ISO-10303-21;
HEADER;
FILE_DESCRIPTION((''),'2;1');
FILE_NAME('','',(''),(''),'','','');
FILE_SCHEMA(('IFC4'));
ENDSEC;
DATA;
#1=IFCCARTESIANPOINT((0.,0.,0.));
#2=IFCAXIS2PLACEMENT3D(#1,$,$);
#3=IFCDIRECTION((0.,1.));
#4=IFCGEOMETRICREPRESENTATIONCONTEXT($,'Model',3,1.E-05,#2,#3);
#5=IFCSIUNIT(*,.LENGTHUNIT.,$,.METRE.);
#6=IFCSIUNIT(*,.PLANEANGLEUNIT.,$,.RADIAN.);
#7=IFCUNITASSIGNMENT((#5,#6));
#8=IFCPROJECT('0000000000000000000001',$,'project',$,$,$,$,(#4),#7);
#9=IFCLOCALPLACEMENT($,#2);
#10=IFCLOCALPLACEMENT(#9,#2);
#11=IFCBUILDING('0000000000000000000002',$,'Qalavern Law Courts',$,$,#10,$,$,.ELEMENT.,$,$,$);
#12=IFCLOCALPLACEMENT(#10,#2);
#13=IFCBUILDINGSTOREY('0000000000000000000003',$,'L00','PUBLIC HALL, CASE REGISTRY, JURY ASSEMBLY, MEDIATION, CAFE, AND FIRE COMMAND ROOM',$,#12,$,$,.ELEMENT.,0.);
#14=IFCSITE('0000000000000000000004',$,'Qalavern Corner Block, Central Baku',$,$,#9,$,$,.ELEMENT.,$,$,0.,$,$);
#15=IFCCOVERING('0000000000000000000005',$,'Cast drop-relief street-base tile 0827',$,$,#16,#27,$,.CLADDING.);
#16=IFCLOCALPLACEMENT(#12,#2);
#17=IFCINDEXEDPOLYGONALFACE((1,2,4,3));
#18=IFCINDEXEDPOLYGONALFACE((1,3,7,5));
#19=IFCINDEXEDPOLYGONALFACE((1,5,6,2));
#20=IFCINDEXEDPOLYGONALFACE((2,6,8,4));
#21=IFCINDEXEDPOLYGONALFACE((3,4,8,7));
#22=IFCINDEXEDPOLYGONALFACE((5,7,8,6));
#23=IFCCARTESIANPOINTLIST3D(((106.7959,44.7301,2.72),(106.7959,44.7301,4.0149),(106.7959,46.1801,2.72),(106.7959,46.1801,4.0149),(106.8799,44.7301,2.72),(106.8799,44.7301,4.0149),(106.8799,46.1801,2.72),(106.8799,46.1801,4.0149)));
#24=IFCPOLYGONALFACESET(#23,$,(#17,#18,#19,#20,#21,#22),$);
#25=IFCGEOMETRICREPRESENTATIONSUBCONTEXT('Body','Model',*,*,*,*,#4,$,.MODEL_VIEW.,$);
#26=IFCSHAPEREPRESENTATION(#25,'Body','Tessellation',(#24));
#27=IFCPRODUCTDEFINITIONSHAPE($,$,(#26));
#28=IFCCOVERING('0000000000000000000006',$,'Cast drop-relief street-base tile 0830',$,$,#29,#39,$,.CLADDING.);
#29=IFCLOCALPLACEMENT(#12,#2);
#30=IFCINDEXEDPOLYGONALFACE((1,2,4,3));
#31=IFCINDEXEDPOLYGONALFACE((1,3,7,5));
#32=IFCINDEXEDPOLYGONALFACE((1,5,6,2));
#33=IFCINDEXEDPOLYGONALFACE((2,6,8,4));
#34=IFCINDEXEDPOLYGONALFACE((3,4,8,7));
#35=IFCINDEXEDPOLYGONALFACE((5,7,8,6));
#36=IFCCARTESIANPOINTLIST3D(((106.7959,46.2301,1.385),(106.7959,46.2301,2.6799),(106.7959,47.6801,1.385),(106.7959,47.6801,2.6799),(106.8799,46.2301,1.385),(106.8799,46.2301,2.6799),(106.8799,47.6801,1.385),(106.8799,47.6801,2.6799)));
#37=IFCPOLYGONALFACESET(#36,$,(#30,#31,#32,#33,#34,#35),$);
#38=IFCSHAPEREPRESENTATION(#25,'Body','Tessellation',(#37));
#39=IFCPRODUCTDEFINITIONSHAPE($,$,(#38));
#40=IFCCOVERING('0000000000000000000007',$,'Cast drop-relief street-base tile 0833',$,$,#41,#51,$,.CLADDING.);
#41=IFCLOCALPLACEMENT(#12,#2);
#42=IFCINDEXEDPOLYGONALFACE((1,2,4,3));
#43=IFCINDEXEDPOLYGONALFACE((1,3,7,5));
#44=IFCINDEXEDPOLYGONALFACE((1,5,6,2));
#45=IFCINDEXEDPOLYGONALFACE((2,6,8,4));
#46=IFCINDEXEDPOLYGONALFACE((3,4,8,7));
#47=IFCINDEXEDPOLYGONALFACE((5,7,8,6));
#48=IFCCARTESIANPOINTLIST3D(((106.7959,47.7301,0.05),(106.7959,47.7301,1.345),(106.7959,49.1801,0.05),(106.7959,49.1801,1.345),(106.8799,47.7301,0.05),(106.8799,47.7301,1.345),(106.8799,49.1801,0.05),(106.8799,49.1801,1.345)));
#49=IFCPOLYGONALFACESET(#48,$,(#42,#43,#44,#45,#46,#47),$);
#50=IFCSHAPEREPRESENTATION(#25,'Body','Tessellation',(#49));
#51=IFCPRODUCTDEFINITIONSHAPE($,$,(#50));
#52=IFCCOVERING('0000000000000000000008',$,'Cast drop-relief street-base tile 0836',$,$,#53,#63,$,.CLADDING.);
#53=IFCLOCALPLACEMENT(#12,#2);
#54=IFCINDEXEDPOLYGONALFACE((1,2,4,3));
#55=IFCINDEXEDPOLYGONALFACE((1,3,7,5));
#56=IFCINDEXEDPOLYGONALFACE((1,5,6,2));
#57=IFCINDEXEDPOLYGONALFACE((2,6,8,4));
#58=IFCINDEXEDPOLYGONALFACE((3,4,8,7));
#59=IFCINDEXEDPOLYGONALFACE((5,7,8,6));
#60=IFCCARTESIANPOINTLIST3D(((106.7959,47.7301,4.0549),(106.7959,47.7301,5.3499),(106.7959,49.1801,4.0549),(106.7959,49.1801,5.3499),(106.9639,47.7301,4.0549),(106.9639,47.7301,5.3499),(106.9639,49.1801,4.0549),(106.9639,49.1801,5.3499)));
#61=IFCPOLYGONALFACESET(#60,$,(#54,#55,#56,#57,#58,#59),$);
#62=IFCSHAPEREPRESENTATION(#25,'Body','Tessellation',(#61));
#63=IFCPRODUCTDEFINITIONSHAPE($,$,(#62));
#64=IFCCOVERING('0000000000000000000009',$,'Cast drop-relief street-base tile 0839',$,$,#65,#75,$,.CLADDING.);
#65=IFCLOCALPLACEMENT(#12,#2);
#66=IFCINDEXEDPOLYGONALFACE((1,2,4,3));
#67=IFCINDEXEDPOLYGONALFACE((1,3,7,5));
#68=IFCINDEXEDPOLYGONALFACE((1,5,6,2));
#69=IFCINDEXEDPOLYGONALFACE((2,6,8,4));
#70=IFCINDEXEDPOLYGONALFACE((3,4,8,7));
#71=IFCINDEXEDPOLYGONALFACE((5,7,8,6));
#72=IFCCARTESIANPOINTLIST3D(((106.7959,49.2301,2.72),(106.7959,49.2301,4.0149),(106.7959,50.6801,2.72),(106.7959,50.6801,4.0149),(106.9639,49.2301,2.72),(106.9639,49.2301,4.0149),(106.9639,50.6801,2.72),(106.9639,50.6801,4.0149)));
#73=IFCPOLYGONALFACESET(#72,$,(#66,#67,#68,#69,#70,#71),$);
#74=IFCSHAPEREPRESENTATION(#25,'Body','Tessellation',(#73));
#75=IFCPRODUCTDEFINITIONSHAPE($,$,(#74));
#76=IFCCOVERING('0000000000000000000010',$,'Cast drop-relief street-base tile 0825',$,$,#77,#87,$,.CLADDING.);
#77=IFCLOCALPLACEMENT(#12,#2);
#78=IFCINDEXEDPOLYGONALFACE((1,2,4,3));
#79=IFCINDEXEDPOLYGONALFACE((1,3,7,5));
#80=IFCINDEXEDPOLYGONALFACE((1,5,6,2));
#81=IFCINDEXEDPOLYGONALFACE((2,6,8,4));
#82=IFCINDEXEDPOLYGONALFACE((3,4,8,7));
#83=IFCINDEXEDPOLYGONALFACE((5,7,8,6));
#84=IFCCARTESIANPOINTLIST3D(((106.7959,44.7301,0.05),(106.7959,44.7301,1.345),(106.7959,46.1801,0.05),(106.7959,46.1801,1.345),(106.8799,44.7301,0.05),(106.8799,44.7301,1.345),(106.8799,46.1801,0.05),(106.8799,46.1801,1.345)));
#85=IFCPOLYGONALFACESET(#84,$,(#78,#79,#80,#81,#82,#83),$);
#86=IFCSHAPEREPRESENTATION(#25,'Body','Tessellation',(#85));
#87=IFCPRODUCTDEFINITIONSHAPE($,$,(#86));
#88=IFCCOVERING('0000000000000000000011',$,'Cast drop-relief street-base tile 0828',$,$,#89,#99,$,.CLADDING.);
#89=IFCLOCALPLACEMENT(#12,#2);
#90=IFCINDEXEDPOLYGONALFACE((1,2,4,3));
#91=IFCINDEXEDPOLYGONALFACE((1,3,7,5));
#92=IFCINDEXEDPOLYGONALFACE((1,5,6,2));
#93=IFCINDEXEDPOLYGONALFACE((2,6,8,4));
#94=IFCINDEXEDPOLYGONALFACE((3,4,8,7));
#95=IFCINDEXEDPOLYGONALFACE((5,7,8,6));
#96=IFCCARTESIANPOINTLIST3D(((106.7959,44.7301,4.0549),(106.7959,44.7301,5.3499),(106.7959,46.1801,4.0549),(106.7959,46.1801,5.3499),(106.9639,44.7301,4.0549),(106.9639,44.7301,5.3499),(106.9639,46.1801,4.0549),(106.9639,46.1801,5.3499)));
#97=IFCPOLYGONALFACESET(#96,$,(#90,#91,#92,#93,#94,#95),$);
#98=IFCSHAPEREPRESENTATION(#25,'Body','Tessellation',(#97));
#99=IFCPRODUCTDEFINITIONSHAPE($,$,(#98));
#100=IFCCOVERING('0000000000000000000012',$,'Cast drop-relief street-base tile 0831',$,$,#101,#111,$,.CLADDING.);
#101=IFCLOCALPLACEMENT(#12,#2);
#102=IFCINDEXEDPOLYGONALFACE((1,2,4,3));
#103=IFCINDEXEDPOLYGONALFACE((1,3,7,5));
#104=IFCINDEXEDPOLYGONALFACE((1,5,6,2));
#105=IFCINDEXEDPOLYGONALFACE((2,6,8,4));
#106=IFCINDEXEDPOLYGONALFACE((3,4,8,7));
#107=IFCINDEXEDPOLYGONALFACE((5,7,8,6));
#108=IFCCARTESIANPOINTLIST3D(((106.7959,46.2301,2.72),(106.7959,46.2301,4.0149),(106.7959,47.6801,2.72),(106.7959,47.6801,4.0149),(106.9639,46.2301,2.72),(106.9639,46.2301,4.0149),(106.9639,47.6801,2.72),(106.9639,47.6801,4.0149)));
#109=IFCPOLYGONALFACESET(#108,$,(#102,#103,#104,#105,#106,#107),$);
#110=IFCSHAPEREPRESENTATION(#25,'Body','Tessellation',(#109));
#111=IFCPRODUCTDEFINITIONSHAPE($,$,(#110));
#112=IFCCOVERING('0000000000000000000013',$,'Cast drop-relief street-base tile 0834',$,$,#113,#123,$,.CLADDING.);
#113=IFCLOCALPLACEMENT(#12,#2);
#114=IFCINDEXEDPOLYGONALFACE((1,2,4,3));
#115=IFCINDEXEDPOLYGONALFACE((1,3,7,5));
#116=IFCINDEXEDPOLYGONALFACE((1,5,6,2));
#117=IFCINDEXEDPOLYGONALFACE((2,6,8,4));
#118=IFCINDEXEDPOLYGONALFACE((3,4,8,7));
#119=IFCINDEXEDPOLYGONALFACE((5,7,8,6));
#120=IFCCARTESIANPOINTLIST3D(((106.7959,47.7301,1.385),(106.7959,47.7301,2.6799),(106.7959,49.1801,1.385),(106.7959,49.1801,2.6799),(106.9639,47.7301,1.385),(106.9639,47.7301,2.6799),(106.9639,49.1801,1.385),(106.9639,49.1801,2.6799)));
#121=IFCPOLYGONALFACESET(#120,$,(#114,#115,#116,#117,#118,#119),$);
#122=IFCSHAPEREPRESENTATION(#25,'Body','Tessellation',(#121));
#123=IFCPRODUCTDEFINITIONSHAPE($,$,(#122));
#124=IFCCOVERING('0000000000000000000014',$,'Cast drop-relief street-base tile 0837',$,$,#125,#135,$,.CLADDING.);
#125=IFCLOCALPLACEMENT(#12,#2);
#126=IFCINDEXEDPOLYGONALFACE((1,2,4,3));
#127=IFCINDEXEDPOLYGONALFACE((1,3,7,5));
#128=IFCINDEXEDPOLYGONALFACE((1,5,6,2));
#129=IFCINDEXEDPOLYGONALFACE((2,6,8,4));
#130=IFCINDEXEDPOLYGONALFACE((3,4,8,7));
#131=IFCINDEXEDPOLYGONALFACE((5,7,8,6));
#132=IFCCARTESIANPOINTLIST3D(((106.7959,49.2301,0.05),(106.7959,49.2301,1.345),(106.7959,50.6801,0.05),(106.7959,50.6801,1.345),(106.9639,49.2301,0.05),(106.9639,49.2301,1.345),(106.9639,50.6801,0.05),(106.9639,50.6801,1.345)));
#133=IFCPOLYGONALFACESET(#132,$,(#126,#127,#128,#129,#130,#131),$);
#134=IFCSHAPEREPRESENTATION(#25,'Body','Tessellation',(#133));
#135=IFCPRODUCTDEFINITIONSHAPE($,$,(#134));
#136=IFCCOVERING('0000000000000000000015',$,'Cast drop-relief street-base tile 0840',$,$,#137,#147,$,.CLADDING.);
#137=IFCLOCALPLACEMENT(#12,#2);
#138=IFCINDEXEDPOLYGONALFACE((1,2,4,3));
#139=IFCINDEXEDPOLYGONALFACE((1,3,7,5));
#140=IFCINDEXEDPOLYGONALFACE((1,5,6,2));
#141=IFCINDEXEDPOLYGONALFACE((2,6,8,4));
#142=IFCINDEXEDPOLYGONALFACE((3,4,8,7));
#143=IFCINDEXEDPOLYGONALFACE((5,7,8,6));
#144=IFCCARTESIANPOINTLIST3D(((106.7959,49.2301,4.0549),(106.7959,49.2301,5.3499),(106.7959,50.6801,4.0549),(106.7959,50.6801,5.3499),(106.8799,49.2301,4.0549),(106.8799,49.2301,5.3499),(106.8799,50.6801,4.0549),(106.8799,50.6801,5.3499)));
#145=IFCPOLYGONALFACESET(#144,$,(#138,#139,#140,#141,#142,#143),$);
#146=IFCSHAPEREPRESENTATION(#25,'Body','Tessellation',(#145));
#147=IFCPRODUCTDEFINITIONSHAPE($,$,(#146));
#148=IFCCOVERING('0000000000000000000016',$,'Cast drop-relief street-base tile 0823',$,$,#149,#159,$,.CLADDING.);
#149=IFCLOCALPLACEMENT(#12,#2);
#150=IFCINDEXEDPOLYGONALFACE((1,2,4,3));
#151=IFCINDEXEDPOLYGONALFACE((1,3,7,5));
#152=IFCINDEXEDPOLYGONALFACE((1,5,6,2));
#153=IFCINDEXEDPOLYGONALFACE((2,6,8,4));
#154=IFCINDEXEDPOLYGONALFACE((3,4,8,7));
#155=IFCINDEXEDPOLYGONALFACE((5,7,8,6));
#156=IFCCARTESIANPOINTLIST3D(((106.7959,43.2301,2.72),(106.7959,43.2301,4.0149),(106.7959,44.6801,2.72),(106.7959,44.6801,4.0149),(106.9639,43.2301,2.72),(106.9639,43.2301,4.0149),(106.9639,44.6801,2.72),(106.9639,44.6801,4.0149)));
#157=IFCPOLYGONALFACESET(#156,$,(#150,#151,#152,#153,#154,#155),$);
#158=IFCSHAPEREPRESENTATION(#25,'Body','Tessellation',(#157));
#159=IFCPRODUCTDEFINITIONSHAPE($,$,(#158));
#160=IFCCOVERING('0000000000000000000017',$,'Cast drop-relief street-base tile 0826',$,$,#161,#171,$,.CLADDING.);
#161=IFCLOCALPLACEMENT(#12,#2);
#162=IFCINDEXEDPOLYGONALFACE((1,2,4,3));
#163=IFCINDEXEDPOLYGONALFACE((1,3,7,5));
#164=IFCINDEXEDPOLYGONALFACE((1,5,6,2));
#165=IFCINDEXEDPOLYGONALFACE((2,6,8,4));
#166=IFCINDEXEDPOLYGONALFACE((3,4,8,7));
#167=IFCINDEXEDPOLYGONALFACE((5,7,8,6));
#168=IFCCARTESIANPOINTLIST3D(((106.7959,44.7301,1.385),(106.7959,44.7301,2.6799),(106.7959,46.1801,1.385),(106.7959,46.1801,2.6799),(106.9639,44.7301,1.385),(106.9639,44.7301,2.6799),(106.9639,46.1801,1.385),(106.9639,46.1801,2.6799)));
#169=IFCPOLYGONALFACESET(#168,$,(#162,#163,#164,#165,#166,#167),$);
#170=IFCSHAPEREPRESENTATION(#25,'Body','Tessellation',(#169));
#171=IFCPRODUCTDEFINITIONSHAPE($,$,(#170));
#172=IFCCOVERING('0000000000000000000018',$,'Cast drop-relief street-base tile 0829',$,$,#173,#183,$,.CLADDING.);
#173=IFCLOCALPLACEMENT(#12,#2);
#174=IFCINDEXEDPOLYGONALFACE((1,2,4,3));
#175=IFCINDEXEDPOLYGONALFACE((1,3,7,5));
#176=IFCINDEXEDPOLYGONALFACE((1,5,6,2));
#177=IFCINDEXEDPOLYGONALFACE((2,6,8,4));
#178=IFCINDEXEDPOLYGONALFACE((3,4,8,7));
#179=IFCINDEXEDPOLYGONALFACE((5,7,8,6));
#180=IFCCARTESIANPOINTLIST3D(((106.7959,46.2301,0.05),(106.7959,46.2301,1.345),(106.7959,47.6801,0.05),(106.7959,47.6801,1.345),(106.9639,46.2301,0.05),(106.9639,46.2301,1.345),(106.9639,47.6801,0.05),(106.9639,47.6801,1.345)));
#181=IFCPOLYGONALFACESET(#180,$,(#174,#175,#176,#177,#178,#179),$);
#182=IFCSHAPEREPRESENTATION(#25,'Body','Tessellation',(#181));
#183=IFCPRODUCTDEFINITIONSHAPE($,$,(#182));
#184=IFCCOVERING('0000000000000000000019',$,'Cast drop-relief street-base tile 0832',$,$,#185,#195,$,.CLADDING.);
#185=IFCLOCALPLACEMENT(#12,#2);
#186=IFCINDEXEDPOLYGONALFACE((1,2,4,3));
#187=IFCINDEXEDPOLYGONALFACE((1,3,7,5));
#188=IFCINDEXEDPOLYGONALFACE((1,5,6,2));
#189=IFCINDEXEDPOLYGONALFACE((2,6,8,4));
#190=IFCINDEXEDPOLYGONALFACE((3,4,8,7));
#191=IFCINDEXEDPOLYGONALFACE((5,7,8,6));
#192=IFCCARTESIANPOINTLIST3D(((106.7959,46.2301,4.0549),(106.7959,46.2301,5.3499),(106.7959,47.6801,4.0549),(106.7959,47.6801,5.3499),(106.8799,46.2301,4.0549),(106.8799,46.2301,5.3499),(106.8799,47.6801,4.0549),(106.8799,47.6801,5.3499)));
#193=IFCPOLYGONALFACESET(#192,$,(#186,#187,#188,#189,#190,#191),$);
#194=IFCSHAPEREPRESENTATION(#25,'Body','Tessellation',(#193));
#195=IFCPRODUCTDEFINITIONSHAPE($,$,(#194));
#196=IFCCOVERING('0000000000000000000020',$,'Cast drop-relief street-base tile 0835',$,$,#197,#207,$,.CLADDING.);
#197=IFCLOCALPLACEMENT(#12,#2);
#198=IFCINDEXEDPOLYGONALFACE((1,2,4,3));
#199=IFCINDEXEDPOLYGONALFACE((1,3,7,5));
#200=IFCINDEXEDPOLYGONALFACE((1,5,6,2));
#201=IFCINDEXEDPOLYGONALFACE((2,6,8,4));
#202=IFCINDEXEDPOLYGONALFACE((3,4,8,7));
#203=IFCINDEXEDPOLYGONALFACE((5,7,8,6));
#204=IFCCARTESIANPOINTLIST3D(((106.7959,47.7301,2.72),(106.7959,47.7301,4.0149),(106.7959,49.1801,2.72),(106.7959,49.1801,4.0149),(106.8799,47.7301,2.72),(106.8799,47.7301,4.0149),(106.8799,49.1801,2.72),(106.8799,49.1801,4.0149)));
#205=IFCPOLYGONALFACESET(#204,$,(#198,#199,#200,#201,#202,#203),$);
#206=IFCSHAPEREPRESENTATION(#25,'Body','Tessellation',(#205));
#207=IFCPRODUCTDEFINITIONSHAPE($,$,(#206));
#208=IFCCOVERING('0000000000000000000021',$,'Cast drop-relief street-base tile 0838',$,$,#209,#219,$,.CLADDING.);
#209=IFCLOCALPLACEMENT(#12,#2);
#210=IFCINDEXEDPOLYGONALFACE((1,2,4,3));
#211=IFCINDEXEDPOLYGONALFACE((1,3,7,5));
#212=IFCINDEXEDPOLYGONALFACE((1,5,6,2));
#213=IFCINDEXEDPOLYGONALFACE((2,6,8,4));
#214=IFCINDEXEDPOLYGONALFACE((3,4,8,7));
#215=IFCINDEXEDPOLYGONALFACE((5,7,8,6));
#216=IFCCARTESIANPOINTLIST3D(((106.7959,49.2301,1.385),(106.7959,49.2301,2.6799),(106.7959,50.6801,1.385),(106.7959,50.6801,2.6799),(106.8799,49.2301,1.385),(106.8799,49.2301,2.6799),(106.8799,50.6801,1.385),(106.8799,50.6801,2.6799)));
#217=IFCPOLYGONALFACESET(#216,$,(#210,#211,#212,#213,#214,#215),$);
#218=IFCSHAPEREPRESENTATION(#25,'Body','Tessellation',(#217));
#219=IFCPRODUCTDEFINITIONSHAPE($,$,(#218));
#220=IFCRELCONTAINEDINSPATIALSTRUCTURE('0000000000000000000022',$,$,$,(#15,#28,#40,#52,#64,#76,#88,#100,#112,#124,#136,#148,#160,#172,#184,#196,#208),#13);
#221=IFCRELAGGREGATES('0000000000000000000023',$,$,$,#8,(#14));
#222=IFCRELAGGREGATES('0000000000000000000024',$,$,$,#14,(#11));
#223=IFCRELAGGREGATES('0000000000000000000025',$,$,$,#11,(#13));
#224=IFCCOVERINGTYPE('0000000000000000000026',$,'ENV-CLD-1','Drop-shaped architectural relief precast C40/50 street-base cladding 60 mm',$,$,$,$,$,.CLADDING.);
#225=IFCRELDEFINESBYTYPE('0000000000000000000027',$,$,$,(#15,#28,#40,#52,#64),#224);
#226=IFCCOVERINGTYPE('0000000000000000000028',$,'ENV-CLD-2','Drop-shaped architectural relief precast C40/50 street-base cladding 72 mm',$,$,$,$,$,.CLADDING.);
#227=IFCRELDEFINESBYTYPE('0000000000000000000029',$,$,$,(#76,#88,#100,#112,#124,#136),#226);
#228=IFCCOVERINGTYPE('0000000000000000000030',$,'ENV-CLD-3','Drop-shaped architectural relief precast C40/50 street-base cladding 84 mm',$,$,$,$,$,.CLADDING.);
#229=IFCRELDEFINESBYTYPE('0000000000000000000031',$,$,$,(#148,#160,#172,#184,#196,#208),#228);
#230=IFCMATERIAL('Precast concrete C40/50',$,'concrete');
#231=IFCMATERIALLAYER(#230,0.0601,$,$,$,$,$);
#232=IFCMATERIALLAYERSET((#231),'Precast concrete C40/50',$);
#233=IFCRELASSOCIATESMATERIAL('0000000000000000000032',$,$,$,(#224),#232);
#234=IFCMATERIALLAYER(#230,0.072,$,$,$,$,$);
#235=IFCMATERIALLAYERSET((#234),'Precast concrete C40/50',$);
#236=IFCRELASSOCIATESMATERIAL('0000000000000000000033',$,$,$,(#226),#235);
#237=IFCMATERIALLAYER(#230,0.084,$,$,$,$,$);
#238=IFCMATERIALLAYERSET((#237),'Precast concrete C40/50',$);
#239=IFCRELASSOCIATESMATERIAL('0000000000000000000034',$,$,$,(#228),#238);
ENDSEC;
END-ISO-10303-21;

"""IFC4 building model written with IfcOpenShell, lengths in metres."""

from ifc_helpers import new_model, si_unit, direction, frame, origin, origin_2d, place, context, subcontext, project, spatial, rectangle, extrude, material, layer, layer_set, type_object, element, save


model = new_model("IFC4")

# Units and contexts
model_context = context("Model", 3, precision=1e-05, world=origin(), true_north=direction((0.0, 1.0)))
body_context = subcontext(model_context, "Body", "Model", "MODEL_VIEW")
ifc_project = project(units=[si_unit("LENGTHUNIT", "METRE"), si_unit("PLANEANGLEUNIT", "RADIAN")], contexts=[model_context])

# Site, building, storey
site_placement = place(None, origin())
site = spatial("IfcSite", under=ifc_project, at=site_placement, Name="Qalavern Corner Block, Central Baku", CompositionType="ELEMENT", RefElevation=0.0)
building_placement = place(site_placement, origin())
building = spatial("IfcBuilding", under=site, at=building_placement, Name="Qalavern Law Courts", CompositionType="ELEMENT")
storey_placement = place(building_placement, origin())
storey = spatial("IfcBuildingStorey", under=building, at=storey_placement, Name="L00", Description="PUBLIC HALL, CASE REGISTRY, JURY ASSEMBLY, MEDIATION, CAFE, AND FIRE COMMAND ROOM", CompositionType="ELEMENT", Elevation=0.0)

# Coverings
ifc_material_1 = material(Name="Precast concrete C40/50", Category="concrete")
ifc_layer_1 = layer(ifc_material_1, 0.0601)
ifc_layer_set_1 = layer_set([ifc_layer_1], Name="Precast concrete C40/50")
covering_type_1 = type_object("IfcCoveringType", Name="ENV-CLD-1", Description="Drop-shaped architectural relief precast C40/50 street-base cladding 60 mm", PredefinedType="CLADDING", material=ifc_layer_set_1)
for number, where, z_axis, x_axis, name in (
    (1, (106.8379, 45.4551, 2.72), (0.0, 0.0, 1.0), (0.0, 1.0, 0.0), "Cast drop-relief street-base tile 0827"),
    (2, (106.8379, 46.9551, 1.385), (0.0, 0.0, 1.0), (0.0, 1.0, 0.0), "Cast drop-relief street-base tile 0830"),
    (3, (106.8379, 48.4551, 0.05), (0.0, 0.0, 1.0), (0.0, 1.0, 0.0), "Cast drop-relief street-base tile 0833"),
):
    element("IfcCovering", number, at=place(storey_placement, frame(where, z_axis=z_axis, x_axis=x_axis)), inside=storey, type_object=covering_type_1, Name=name, PredefinedType="CLADDING", context=body_context, shape_type="SweptSolid", body=[
        extrude(rectangle(XDim=1.45, YDim=0.084, at=origin_2d()), origin(), (0.0, 0.0, 1.0), 1.2949),
    ])
for number, where, z_axis, x_axis, name in (
    (4, (106.8799, 48.4551, 4.0549), (0.0, 0.0, 1.0), (0.0, 1.0, 0.0), "Cast drop-relief street-base tile 0836"),
    (5, (106.8799, 49.9551, 2.72), (0.0, 0.0, 1.0), (0.0, 1.0, 0.0), "Cast drop-relief street-base tile 0839"),
):
    element("IfcCovering", number, at=place(storey_placement, frame(where, z_axis=z_axis, x_axis=x_axis)), inside=storey, type_object=covering_type_1, Name=name, PredefinedType="CLADDING", context=body_context, shape_type="SweptSolid", body=[
        extrude(rectangle(XDim=1.45, YDim=0.168, at=origin_2d()), origin(), (0.0, 0.0, 1.0), 1.2949),
    ])
ifc_layer_2 = layer(ifc_material_1, 0.072)
ifc_layer_set_2 = layer_set([ifc_layer_2], Name="Precast concrete C40/50")
covering_type_2 = type_object("IfcCoveringType", Name="ENV-CLD-2", Description="Drop-shaped architectural relief precast C40/50 street-base cladding 72 mm", PredefinedType="CLADDING", material=ifc_layer_set_2)
covering_1_placement = place(storey_placement, frame((106.8379, 45.4551, 0.05), z_axis=(0.0, 0.0, 1.0), x_axis=(0.0, 1.0, 0.0)))
element("IfcCovering", 6, at=covering_1_placement, inside=storey, type_object=covering_type_2, Name="Cast drop-relief street-base tile 0825", PredefinedType="CLADDING", context=body_context, shape_type="SweptSolid", body=[
    extrude(rectangle(XDim=1.45, YDim=0.084, at=origin_2d()), origin(), (0.0, 0.0, 1.0), 1.2949),
])
for number, where, z_axis, x_axis, name in (
    (7, (106.8799, 45.4551, 4.0549), (0.0, 0.0, 1.0), (0.0, 1.0, 0.0), "Cast drop-relief street-base tile 0828"),
    (8, (106.8799, 46.9551, 2.72), (0.0, 0.0, 1.0), (0.0, 1.0, 0.0), "Cast drop-relief street-base tile 0831"),
    (9, (106.8799, 48.4551, 1.385), (0.0, 0.0, 1.0), (0.0, 1.0, 0.0), "Cast drop-relief street-base tile 0834"),
    (10, (106.8799, 49.9551, 0.05), (0.0, 0.0, 1.0), (0.0, 1.0, 0.0), "Cast drop-relief street-base tile 0837"),
):
    element("IfcCovering", number, at=place(storey_placement, frame(where, z_axis=z_axis, x_axis=x_axis)), inside=storey, type_object=covering_type_2, Name=name, PredefinedType="CLADDING", context=body_context, shape_type="SweptSolid", body=[
        extrude(rectangle(XDim=1.45, YDim=0.168, at=origin_2d()), origin(), (0.0, 0.0, 1.0), 1.2949),
    ])
covering_2_placement = place(storey_placement, frame((106.8379, 49.9551, 4.0549), z_axis=(0.0, 0.0, 1.0), x_axis=(0.0, 1.0, 0.0)))
element("IfcCovering", 11, at=covering_2_placement, inside=storey, type_object=covering_type_2, Name="Cast drop-relief street-base tile 0840", PredefinedType="CLADDING", context=body_context, shape_type="SweptSolid", body=[
    extrude(rectangle(XDim=1.45, YDim=0.084, at=origin_2d()), origin(), (0.0, 0.0, 1.0), 1.2949),
])
ifc_layer_3 = layer(ifc_material_1, 0.084)
ifc_layer_set_3 = layer_set([ifc_layer_3], Name="Precast concrete C40/50")
covering_type_3 = type_object("IfcCoveringType", Name="ENV-CLD-3", Description="Drop-shaped architectural relief precast C40/50 street-base cladding 84 mm", PredefinedType="CLADDING", material=ifc_layer_set_3)
for number, where, z_axis, x_axis, name in (
    (12, (106.8799, 43.9551, 2.72), (0.0, 0.0, 1.0), (0.0, 1.0, 0.0), "Cast drop-relief street-base tile 0823"),
    (13, (106.8799, 45.4551, 1.385), (0.0, 0.0, 1.0), (0.0, 1.0, 0.0), "Cast drop-relief street-base tile 0826"),
    (14, (106.8799, 46.9551, 0.05), (0.0, 0.0, 1.0), (0.0, 1.0, 0.0), "Cast drop-relief street-base tile 0829"),
):
    element("IfcCovering", number, at=place(storey_placement, frame(where, z_axis=z_axis, x_axis=x_axis)), inside=storey, type_object=covering_type_3, Name=name, PredefinedType="CLADDING", context=body_context, shape_type="SweptSolid", body=[
        extrude(rectangle(XDim=1.45, YDim=0.168, at=origin_2d()), origin(), (0.0, 0.0, 1.0), 1.2949),
    ])
for number, where, z_axis, x_axis, name in (
    (15, (106.8379, 46.9551, 4.0549), (0.0, 0.0, 1.0), (0.0, 1.0, 0.0), "Cast drop-relief street-base tile 0832"),
    (16, (106.8379, 48.4551, 2.72), (0.0, 0.0, 1.0), (0.0, 1.0, 0.0), "Cast drop-relief street-base tile 0835"),
    (17, (106.8379, 49.9551, 1.385), (0.0, 0.0, 1.0), (0.0, 1.0, 0.0), "Cast drop-relief street-base tile 0838"),
):
    element("IfcCovering", number, at=place(storey_placement, frame(where, z_axis=z_axis, x_axis=x_axis)), inside=storey, type_object=covering_type_3, Name=name, PredefinedType="CLADDING", context=body_context, shape_type="SweptSolid", body=[
        extrude(rectangle(XDim=1.45, YDim=0.084, at=origin_2d()), origin(), (0.0, 0.0, 1.0), 1.2949),
    ])

save(model, "model.ifc")
